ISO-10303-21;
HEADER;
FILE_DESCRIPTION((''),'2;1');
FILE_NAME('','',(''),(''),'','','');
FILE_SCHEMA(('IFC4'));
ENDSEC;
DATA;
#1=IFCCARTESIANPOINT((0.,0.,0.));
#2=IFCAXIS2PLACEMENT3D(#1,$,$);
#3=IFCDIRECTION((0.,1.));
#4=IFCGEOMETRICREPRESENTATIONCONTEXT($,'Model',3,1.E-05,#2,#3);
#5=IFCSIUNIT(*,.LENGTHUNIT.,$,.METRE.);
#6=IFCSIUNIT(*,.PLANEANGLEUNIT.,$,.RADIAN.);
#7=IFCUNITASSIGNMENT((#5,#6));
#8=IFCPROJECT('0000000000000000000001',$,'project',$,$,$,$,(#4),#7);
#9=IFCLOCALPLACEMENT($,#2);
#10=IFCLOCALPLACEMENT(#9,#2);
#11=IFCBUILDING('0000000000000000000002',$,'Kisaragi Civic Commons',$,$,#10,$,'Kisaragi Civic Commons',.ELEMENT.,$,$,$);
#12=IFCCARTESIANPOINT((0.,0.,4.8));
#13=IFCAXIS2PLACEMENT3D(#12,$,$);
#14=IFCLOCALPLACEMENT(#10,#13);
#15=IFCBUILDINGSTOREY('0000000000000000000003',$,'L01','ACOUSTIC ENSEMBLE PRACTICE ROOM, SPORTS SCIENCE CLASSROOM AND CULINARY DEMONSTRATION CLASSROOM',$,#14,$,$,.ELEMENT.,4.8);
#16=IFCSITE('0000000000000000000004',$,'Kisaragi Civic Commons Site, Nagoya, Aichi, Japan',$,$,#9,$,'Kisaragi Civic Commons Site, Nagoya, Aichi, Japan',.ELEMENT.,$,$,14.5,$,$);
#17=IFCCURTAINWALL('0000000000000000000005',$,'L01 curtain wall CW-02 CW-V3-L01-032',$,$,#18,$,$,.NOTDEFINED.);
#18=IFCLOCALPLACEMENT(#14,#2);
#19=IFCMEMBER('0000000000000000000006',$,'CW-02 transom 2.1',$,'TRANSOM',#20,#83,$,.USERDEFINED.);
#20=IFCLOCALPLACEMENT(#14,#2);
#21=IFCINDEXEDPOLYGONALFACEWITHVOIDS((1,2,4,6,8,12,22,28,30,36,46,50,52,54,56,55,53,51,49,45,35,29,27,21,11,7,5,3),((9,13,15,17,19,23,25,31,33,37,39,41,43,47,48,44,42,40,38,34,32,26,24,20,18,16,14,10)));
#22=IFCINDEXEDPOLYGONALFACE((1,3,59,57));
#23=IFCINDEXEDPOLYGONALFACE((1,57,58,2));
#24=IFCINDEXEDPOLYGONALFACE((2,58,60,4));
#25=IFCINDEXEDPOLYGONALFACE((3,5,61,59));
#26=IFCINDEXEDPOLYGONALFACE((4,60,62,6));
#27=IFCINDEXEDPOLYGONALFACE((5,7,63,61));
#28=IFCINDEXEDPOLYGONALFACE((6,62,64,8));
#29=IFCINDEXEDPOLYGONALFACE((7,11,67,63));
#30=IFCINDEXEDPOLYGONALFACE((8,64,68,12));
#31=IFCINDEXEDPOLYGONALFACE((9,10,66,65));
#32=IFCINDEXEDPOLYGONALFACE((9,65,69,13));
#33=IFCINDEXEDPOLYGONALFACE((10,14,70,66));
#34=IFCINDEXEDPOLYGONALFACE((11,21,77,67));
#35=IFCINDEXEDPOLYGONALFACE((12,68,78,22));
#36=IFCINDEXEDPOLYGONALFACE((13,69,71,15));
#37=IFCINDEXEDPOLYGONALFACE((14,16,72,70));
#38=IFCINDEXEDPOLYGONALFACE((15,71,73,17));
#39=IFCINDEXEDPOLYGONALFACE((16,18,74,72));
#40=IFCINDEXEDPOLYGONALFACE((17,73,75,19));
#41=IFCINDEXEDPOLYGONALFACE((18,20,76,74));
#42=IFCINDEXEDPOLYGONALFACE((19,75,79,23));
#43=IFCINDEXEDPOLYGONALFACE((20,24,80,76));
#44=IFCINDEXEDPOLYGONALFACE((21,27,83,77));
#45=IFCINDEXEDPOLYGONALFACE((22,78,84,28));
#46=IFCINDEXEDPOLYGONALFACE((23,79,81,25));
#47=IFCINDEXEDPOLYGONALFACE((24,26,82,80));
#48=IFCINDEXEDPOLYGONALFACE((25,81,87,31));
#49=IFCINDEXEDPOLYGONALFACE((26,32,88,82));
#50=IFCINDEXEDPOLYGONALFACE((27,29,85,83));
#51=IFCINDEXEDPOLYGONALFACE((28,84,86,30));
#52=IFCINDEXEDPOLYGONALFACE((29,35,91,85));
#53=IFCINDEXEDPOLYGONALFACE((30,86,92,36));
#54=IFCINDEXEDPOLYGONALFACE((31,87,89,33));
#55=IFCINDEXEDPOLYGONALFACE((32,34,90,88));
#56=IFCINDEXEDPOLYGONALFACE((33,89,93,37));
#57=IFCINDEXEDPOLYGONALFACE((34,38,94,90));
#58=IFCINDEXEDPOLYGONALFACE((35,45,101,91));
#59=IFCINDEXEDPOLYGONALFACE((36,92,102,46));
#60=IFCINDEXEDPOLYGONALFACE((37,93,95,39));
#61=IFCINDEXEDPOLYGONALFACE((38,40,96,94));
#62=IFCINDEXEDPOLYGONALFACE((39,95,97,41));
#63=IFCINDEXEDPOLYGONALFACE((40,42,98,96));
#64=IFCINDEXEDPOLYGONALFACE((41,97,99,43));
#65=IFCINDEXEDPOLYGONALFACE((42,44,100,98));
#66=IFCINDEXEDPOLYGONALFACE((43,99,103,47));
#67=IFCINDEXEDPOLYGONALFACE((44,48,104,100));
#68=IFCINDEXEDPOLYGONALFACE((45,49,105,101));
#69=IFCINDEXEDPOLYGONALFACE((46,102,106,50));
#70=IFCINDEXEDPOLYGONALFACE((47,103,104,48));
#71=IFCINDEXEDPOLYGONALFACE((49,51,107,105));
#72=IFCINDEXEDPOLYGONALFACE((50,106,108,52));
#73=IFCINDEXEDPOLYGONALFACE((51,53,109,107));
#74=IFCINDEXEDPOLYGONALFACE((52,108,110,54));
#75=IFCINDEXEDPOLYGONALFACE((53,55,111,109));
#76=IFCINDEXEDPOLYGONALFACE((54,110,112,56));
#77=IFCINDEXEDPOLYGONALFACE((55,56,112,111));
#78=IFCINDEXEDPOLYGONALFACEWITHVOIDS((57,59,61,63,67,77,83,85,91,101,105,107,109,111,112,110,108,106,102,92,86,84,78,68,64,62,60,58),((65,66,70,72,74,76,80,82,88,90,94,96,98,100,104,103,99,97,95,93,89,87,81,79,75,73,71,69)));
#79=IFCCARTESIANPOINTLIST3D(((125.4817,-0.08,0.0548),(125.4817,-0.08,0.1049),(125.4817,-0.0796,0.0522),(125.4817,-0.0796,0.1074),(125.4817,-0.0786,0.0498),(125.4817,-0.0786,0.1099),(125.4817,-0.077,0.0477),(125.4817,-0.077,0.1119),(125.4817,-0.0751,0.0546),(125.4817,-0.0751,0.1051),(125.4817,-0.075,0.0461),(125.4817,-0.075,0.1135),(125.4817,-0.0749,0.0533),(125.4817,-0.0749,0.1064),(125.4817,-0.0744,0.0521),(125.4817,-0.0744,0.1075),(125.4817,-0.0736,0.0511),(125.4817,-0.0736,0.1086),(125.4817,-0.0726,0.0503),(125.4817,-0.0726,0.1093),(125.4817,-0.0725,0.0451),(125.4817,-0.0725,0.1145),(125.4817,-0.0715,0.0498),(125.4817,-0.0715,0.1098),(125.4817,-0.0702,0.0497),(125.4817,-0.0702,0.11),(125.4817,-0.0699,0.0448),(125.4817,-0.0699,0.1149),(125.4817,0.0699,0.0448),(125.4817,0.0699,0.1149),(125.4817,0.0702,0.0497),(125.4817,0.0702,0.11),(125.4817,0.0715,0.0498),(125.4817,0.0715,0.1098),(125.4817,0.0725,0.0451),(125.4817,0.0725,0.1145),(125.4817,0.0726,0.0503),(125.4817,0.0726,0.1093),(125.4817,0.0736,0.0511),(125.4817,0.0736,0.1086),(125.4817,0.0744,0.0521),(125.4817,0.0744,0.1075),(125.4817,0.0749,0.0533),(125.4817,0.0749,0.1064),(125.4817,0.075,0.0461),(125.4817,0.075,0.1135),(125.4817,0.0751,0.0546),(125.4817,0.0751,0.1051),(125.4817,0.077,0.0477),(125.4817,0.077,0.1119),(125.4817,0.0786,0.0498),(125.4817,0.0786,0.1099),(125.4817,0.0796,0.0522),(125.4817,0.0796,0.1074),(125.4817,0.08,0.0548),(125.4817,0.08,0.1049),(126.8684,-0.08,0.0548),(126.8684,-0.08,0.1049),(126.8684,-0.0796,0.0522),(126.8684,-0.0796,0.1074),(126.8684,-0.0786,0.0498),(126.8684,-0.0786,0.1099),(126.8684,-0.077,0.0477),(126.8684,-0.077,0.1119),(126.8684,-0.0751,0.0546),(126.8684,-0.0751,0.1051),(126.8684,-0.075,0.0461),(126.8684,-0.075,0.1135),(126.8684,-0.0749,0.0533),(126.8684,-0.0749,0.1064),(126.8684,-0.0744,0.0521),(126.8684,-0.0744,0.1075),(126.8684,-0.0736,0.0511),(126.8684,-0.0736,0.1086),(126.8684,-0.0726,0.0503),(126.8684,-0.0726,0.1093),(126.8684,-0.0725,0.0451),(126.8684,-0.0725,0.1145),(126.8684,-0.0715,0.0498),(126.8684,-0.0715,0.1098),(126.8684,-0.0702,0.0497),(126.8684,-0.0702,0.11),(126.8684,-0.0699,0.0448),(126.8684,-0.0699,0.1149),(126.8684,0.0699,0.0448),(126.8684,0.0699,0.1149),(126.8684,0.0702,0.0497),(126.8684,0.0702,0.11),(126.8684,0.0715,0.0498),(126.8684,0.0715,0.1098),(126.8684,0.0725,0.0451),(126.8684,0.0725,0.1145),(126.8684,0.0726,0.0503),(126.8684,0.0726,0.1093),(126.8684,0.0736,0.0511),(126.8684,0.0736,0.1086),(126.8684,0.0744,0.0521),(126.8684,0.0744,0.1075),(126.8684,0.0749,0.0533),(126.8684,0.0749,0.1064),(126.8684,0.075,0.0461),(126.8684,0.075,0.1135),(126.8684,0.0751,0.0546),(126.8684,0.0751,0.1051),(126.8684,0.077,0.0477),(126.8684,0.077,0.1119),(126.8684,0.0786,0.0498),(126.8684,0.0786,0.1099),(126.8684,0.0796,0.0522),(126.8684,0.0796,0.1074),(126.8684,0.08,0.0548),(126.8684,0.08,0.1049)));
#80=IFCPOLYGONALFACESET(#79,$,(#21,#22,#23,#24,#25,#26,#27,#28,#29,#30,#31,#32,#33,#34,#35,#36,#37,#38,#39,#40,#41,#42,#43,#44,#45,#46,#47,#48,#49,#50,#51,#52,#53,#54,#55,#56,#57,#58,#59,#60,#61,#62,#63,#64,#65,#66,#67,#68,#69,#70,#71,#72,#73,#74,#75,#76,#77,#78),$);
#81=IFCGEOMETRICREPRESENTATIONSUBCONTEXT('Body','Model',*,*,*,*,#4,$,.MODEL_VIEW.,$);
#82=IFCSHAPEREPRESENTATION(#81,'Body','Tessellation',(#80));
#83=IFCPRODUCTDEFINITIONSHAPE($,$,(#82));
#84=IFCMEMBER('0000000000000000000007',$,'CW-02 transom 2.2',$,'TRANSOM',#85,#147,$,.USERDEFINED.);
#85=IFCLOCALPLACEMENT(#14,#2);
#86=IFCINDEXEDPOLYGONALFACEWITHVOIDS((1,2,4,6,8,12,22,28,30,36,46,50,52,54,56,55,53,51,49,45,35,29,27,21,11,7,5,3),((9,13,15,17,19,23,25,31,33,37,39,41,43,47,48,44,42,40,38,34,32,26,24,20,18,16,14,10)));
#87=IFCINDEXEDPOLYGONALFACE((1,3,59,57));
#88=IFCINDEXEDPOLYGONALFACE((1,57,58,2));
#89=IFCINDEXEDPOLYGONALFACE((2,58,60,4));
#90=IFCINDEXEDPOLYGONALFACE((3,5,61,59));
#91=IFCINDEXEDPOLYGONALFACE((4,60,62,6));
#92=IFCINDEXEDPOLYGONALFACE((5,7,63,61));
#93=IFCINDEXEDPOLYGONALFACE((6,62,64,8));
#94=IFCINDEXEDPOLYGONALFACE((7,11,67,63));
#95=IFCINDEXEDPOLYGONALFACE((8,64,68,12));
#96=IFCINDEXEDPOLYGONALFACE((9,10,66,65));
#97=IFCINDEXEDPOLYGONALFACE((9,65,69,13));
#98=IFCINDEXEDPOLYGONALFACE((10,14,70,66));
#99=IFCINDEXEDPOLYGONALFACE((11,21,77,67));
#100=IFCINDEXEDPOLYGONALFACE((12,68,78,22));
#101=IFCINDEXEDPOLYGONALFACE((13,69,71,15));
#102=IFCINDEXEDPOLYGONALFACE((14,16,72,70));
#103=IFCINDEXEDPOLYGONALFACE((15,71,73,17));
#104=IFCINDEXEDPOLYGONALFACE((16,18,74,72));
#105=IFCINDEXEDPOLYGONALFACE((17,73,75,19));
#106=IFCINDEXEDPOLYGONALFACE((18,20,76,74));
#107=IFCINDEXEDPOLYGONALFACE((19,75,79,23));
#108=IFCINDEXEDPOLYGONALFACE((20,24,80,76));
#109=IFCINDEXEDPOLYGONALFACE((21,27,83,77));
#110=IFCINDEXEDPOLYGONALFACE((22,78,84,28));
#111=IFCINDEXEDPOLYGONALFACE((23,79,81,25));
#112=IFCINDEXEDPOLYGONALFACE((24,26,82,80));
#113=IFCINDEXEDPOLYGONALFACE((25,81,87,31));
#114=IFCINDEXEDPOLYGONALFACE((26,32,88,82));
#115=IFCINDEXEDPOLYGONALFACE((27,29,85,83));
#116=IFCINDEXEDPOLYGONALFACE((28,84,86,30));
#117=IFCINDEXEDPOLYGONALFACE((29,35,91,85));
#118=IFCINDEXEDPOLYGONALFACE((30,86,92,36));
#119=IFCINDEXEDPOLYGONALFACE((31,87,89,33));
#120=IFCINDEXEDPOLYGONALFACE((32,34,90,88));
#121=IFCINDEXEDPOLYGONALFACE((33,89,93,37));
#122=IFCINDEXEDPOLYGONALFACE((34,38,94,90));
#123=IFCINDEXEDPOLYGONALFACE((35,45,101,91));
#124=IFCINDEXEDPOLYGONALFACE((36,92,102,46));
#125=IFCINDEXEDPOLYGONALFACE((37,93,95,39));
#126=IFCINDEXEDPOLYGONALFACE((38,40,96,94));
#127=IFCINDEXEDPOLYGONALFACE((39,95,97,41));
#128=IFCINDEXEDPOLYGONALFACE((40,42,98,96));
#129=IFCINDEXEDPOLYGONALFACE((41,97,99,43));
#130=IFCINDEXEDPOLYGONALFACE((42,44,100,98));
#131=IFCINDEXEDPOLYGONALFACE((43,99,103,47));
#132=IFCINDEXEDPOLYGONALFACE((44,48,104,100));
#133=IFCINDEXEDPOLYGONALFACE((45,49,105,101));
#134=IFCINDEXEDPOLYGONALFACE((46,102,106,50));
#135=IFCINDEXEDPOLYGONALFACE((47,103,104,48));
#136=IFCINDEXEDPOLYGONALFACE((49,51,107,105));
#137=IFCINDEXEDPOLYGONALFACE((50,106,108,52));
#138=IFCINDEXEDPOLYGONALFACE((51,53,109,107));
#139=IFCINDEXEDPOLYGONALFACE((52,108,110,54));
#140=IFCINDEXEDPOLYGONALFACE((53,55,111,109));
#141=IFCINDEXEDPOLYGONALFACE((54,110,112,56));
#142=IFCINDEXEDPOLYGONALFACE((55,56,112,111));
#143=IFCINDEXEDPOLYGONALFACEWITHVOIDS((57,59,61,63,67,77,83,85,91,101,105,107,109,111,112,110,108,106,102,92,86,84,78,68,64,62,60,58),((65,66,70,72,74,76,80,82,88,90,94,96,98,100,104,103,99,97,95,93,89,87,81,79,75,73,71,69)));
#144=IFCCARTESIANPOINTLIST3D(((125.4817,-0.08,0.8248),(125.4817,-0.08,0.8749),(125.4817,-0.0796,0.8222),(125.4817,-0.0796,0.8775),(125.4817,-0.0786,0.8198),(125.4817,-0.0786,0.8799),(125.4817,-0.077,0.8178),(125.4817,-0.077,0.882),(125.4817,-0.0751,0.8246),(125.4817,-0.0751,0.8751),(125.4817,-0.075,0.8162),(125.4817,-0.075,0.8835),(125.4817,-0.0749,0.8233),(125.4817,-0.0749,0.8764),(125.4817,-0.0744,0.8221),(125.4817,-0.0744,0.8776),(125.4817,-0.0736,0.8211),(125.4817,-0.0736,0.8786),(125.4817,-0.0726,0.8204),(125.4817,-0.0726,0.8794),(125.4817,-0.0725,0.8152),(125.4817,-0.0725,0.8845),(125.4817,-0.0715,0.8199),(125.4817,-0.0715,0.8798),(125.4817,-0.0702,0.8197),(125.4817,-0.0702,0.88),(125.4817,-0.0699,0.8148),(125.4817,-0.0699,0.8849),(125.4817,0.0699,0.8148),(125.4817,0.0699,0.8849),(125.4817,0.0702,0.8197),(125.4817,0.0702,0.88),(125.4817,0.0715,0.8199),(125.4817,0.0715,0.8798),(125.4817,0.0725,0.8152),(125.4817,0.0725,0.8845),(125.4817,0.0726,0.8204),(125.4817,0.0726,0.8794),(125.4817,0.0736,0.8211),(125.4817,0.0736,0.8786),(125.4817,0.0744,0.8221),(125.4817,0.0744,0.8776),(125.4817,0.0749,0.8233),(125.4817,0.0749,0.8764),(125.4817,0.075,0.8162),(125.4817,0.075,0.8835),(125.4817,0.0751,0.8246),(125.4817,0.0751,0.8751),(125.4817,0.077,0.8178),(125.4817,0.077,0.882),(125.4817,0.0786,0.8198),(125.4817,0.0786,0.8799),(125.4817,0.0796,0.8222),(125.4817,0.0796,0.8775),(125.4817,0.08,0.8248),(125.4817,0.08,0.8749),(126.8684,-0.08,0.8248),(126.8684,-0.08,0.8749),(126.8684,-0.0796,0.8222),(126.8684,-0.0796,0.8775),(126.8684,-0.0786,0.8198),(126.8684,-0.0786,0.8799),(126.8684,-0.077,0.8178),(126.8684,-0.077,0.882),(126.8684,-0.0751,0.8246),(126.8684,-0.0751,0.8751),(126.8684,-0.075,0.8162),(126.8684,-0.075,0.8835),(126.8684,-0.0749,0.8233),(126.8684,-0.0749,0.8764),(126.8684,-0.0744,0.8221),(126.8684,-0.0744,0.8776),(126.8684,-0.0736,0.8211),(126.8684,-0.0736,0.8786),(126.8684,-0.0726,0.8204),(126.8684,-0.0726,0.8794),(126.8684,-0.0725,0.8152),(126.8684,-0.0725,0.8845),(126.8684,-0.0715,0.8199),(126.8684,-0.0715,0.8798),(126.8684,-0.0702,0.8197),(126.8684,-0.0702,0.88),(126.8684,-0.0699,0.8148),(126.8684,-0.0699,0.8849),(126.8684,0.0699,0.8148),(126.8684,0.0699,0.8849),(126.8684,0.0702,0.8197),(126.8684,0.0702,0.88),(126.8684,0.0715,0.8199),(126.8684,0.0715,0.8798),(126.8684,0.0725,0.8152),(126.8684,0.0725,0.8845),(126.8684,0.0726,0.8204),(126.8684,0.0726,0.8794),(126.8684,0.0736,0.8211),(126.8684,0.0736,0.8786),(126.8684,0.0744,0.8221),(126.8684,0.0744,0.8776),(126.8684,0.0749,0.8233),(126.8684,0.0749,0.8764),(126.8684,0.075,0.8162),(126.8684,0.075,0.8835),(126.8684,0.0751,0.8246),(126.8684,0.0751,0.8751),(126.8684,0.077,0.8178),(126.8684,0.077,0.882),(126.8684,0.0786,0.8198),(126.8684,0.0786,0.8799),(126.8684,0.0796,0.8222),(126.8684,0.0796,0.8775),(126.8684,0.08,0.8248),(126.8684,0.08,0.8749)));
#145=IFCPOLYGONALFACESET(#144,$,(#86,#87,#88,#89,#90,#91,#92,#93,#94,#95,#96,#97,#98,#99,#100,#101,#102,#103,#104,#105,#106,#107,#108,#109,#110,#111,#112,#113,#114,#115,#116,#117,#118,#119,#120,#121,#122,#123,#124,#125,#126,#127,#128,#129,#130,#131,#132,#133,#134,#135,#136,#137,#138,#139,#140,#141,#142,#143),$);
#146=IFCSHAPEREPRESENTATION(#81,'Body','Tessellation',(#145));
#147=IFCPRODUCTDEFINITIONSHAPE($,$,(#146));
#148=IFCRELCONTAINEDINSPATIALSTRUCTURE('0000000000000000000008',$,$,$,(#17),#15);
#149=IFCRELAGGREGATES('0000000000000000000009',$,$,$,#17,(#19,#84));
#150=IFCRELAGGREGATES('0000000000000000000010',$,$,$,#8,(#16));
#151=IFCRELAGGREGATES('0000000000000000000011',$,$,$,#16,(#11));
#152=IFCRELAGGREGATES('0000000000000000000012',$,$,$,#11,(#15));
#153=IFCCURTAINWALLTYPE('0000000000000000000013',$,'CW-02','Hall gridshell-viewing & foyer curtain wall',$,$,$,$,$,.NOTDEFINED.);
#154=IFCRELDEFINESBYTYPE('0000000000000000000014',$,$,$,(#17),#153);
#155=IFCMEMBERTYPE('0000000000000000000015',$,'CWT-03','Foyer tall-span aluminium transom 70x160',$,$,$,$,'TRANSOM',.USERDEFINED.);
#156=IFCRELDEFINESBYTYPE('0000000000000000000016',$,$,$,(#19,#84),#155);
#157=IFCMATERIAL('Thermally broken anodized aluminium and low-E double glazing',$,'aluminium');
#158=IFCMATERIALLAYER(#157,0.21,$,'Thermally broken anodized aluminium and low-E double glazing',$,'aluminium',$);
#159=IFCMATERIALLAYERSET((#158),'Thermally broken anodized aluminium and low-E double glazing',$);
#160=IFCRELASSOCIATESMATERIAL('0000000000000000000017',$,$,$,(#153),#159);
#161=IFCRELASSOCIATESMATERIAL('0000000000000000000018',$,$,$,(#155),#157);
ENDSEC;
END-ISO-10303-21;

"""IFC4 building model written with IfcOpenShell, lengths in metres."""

from ifc_helpers import new_model, si_unit, direction, frame, origin, origin_2d, place, context, subcontext, project, spatial, hollow_rectangle, extrude, material, layer, layer_set, material_profile, profile_set, type_object, element, aggregate, save


model = new_model("IFC4")

# Units and contexts
model_context = context("Model", 3, precision=1e-05, world=origin(), true_north=direction((0.0, 1.0)))
body_context = subcontext(model_context, "Body", "Model", "MODEL_VIEW")
ifc_project = project(units=[si_unit("LENGTHUNIT", "METRE"), si_unit("PLANEANGLEUNIT", "RADIAN")], contexts=[model_context])

# Site, building, storey
site_placement = place(None, origin())
site = spatial("IfcSite", under=ifc_project, at=site_placement, Name="Kisaragi Civic Commons Site, Nagoya, Aichi, Japan", LongName="Kisaragi Civic Commons Site, Nagoya, Aichi, Japan", CompositionType="ELEMENT", RefElevation=14.5)
building_placement = place(site_placement, origin())
building = spatial("IfcBuilding", under=site, at=building_placement, Name="Kisaragi Civic Commons", LongName="Kisaragi Civic Commons", CompositionType="ELEMENT")
storey_placement = place(building_placement, frame((0.0, 0.0, 4.8)))
storey = spatial("IfcBuildingStorey", under=building, at=storey_placement, Name="L01", Description="ACOUSTIC ENSEMBLE PRACTICE ROOM, SPORTS SCIENCE CLASSROOM AND CULINARY DEMONSTRATION CLASSROOM", CompositionType="ELEMENT", Elevation=4.8)

# Curtain wall, members
ifc_material_1 = material(Name="Thermally broken anodized aluminium and low-E double glazing", Category="aluminium")
ifc_layer_1 = layer(ifc_material_1, 0.21, Name="Thermally broken anodized aluminium and low-E double glazing", Category="aluminium")
ifc_layer_set_1 = layer_set([ifc_layer_1], Name="Thermally broken anodized aluminium and low-E double glazing")
curtain_wall_type = type_object("IfcCurtainWallType", Name="CW-02", Description="Hall gridshell-viewing & foyer curtain wall", PredefinedType="NOTDEFINED", material=ifc_layer_set_1)
curtain_wall_placement = place(storey_placement, origin())
curtain_wall = element("IfcCurtainWall", 1, at=curtain_wall_placement, inside=storey, type_object=curtain_wall_type, Name="L01 curtain wall CW-02 CW-V3-L01-032", PredefinedType="NOTDEFINED")
ifc_material_profile_1 = material_profile(ifc_material_1, hollow_rectangle(XDim=0.1599, YDim=0.0701, WallThickness=0.0049, InnerFilletRadius=0.0049, OuterFilletRadius=0.01, at=origin_2d()), Name="CWT-70x160x5", Category="aluminium")
ifc_profile_set_1 = profile_set([ifc_material_profile_1], Name="Thermally broken anodized aluminium and low-E double glazing")
member_type_1 = type_object("IfcMemberType", Name="CWT-03", Description="Foyer tall-span aluminium transom 70x160", ElementType="TRANSOM", PredefinedType="USERDEFINED", material=ifc_profile_set_1)
member_1_placement = place(storey_placement, frame((126.8684, 0.0, 0.0798), z_axis=(-1.0, 0.0, 0.0), x_axis=(0.0, -1.0, 0.0)))
member_1 = element("IfcMember", 2, at=member_1_placement, type_object=member_type_1, Name="CW-02 transom 2.1", ObjectType="TRANSOM", PredefinedType="USERDEFINED", context=body_context, shape_type="SweptSolid", body=[
    extrude(hollow_rectangle(XDim=0.1599, YDim=0.0701, WallThickness=0.0049, InnerFilletRadius=0.0049, OuterFilletRadius=0.01, at=origin_2d()), origin(), (0.0, 0.0, 1.0), 1.3867),
])
member_2_placement = place(storey_placement, frame((126.8684, 0.0, 0.8499), z_axis=(-1.0, 0.0, 0.0), x_axis=(0.0, -1.0, 0.0)))
member_2 = element("IfcMember", 3, at=member_2_placement, type_object=member_type_1, Name="CW-02 transom 2.2", ObjectType="TRANSOM", PredefinedType="USERDEFINED", context=body_context, shape_type="SweptSolid", body=[
    extrude(hollow_rectangle(XDim=0.1599, YDim=0.0701, WallThickness=0.0049, InnerFilletRadius=0.0049, OuterFilletRadius=0.01, at=origin_2d()), origin(), (0.0, 0.0, 1.0), 1.3867),
])

aggregate(curtain_wall, [member_1, member_2])

save(model, "model.ifc")
